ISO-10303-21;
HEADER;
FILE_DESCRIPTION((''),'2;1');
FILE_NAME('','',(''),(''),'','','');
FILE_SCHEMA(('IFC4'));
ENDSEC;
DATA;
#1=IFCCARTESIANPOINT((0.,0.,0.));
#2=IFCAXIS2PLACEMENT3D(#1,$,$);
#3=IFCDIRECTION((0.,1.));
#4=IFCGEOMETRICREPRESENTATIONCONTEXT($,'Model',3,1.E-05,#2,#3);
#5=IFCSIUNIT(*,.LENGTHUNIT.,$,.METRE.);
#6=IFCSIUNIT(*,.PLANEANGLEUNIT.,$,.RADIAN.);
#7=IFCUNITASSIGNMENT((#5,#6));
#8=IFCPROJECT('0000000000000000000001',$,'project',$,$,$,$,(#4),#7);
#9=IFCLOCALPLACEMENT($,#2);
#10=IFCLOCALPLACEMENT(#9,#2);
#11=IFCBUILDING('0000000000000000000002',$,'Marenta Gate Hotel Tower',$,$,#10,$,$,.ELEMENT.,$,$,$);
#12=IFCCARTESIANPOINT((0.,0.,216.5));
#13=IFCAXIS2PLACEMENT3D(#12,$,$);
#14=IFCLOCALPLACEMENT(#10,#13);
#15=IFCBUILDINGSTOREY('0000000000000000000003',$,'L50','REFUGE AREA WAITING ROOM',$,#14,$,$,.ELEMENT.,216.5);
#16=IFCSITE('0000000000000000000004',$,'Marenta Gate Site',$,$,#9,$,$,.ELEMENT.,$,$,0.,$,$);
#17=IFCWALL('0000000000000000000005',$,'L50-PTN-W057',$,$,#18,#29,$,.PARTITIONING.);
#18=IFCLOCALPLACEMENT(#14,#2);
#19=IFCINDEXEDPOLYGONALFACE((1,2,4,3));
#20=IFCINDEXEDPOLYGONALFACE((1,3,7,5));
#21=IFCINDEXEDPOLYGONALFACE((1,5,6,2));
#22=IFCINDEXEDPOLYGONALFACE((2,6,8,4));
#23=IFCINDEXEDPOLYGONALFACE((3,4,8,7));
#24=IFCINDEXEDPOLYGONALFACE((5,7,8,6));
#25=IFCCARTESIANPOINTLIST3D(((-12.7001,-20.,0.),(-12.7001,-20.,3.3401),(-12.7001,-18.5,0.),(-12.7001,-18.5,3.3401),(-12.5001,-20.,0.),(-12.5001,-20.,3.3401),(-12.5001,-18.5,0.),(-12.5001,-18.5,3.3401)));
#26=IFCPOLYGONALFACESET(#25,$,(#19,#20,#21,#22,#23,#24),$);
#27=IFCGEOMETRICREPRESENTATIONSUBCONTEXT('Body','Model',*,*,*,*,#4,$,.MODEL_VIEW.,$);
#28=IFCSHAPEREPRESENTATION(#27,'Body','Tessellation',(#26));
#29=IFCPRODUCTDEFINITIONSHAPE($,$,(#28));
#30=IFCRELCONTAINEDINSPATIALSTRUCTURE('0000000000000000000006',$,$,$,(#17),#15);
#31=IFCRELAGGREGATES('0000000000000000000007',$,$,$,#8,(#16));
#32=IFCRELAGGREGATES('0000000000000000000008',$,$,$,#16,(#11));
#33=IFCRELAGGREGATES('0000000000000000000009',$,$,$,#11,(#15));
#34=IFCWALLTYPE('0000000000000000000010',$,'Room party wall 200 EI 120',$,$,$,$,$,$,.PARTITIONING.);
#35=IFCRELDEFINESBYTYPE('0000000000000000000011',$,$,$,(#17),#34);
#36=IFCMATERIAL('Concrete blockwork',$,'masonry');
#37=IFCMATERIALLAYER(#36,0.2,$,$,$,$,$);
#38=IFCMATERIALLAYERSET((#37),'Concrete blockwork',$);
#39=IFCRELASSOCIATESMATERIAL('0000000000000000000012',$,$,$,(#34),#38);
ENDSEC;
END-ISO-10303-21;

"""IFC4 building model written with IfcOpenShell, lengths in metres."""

from ifc_helpers import new_model, si_unit, direction, frame, frame_2d, origin, place, context, subcontext, project, spatial, rectangle, extrude, material, layer, layer_set, type_object, element, save


model = new_model("IFC4")

# Units and contexts
model_context = context("Model", 3, precision=1e-05, world=origin(), true_north=direction((0.0, 1.0)))
body_context = subcontext(model_context, "Body", "Model", "MODEL_VIEW")
ifc_project = project(units=[si_unit("LENGTHUNIT", "METRE"), si_unit("PLANEANGLEUNIT", "RADIAN")], contexts=[model_context])

# Site, building, storey
site_placement = place(None, origin())
site = spatial("IfcSite", under=ifc_project, at=site_placement, Name="Marenta Gate Site", CompositionType="ELEMENT", RefElevation=0.0)
building_placement = place(site_placement, origin())
building = spatial("IfcBuilding", under=site, at=building_placement, Name="Marenta Gate Hotel Tower", CompositionType="ELEMENT")
storey_placement = place(building_placement, frame((0.0, 0.0, 216.5)))
storey = spatial("IfcBuildingStorey", under=building, at=storey_placement, Name="L50", Description="REFUGE AREA WAITING ROOM", CompositionType="ELEMENT", Elevation=216.5)

# Wall
ifc_material_1 = material(Name="Concrete blockwork", Category="masonry")
ifc_layer_1 = layer(ifc_material_1, 0.2)
ifc_layer_set_1 = layer_set([ifc_layer_1], Name="Concrete blockwork")
wall_type_1 = type_object("IfcWallType", Name="Room party wall 200 EI 120", PredefinedType="PARTITIONING", material=ifc_layer_set_1)
wall_1_placement = place(storey_placement, frame((-12.6001, -20.0, 0.0), z_axis=(0.0, 0.0, 1.0), x_axis=(0.0, 1.0, 0.0)))
element("IfcWall", 1, at=wall_1_placement, inside=storey, type_object=wall_type_1, Name="L50-PTN-W057", PredefinedType="PARTITIONING", context=body_context, shape_type="SweptSolid", body=[
    extrude(rectangle(XDim=1.5, YDim=0.2, at=frame_2d((0.75, 0.0))), origin(), (0.0, 0.0, 1.0), 3.3401),
])

save(model, "model.ifc")
